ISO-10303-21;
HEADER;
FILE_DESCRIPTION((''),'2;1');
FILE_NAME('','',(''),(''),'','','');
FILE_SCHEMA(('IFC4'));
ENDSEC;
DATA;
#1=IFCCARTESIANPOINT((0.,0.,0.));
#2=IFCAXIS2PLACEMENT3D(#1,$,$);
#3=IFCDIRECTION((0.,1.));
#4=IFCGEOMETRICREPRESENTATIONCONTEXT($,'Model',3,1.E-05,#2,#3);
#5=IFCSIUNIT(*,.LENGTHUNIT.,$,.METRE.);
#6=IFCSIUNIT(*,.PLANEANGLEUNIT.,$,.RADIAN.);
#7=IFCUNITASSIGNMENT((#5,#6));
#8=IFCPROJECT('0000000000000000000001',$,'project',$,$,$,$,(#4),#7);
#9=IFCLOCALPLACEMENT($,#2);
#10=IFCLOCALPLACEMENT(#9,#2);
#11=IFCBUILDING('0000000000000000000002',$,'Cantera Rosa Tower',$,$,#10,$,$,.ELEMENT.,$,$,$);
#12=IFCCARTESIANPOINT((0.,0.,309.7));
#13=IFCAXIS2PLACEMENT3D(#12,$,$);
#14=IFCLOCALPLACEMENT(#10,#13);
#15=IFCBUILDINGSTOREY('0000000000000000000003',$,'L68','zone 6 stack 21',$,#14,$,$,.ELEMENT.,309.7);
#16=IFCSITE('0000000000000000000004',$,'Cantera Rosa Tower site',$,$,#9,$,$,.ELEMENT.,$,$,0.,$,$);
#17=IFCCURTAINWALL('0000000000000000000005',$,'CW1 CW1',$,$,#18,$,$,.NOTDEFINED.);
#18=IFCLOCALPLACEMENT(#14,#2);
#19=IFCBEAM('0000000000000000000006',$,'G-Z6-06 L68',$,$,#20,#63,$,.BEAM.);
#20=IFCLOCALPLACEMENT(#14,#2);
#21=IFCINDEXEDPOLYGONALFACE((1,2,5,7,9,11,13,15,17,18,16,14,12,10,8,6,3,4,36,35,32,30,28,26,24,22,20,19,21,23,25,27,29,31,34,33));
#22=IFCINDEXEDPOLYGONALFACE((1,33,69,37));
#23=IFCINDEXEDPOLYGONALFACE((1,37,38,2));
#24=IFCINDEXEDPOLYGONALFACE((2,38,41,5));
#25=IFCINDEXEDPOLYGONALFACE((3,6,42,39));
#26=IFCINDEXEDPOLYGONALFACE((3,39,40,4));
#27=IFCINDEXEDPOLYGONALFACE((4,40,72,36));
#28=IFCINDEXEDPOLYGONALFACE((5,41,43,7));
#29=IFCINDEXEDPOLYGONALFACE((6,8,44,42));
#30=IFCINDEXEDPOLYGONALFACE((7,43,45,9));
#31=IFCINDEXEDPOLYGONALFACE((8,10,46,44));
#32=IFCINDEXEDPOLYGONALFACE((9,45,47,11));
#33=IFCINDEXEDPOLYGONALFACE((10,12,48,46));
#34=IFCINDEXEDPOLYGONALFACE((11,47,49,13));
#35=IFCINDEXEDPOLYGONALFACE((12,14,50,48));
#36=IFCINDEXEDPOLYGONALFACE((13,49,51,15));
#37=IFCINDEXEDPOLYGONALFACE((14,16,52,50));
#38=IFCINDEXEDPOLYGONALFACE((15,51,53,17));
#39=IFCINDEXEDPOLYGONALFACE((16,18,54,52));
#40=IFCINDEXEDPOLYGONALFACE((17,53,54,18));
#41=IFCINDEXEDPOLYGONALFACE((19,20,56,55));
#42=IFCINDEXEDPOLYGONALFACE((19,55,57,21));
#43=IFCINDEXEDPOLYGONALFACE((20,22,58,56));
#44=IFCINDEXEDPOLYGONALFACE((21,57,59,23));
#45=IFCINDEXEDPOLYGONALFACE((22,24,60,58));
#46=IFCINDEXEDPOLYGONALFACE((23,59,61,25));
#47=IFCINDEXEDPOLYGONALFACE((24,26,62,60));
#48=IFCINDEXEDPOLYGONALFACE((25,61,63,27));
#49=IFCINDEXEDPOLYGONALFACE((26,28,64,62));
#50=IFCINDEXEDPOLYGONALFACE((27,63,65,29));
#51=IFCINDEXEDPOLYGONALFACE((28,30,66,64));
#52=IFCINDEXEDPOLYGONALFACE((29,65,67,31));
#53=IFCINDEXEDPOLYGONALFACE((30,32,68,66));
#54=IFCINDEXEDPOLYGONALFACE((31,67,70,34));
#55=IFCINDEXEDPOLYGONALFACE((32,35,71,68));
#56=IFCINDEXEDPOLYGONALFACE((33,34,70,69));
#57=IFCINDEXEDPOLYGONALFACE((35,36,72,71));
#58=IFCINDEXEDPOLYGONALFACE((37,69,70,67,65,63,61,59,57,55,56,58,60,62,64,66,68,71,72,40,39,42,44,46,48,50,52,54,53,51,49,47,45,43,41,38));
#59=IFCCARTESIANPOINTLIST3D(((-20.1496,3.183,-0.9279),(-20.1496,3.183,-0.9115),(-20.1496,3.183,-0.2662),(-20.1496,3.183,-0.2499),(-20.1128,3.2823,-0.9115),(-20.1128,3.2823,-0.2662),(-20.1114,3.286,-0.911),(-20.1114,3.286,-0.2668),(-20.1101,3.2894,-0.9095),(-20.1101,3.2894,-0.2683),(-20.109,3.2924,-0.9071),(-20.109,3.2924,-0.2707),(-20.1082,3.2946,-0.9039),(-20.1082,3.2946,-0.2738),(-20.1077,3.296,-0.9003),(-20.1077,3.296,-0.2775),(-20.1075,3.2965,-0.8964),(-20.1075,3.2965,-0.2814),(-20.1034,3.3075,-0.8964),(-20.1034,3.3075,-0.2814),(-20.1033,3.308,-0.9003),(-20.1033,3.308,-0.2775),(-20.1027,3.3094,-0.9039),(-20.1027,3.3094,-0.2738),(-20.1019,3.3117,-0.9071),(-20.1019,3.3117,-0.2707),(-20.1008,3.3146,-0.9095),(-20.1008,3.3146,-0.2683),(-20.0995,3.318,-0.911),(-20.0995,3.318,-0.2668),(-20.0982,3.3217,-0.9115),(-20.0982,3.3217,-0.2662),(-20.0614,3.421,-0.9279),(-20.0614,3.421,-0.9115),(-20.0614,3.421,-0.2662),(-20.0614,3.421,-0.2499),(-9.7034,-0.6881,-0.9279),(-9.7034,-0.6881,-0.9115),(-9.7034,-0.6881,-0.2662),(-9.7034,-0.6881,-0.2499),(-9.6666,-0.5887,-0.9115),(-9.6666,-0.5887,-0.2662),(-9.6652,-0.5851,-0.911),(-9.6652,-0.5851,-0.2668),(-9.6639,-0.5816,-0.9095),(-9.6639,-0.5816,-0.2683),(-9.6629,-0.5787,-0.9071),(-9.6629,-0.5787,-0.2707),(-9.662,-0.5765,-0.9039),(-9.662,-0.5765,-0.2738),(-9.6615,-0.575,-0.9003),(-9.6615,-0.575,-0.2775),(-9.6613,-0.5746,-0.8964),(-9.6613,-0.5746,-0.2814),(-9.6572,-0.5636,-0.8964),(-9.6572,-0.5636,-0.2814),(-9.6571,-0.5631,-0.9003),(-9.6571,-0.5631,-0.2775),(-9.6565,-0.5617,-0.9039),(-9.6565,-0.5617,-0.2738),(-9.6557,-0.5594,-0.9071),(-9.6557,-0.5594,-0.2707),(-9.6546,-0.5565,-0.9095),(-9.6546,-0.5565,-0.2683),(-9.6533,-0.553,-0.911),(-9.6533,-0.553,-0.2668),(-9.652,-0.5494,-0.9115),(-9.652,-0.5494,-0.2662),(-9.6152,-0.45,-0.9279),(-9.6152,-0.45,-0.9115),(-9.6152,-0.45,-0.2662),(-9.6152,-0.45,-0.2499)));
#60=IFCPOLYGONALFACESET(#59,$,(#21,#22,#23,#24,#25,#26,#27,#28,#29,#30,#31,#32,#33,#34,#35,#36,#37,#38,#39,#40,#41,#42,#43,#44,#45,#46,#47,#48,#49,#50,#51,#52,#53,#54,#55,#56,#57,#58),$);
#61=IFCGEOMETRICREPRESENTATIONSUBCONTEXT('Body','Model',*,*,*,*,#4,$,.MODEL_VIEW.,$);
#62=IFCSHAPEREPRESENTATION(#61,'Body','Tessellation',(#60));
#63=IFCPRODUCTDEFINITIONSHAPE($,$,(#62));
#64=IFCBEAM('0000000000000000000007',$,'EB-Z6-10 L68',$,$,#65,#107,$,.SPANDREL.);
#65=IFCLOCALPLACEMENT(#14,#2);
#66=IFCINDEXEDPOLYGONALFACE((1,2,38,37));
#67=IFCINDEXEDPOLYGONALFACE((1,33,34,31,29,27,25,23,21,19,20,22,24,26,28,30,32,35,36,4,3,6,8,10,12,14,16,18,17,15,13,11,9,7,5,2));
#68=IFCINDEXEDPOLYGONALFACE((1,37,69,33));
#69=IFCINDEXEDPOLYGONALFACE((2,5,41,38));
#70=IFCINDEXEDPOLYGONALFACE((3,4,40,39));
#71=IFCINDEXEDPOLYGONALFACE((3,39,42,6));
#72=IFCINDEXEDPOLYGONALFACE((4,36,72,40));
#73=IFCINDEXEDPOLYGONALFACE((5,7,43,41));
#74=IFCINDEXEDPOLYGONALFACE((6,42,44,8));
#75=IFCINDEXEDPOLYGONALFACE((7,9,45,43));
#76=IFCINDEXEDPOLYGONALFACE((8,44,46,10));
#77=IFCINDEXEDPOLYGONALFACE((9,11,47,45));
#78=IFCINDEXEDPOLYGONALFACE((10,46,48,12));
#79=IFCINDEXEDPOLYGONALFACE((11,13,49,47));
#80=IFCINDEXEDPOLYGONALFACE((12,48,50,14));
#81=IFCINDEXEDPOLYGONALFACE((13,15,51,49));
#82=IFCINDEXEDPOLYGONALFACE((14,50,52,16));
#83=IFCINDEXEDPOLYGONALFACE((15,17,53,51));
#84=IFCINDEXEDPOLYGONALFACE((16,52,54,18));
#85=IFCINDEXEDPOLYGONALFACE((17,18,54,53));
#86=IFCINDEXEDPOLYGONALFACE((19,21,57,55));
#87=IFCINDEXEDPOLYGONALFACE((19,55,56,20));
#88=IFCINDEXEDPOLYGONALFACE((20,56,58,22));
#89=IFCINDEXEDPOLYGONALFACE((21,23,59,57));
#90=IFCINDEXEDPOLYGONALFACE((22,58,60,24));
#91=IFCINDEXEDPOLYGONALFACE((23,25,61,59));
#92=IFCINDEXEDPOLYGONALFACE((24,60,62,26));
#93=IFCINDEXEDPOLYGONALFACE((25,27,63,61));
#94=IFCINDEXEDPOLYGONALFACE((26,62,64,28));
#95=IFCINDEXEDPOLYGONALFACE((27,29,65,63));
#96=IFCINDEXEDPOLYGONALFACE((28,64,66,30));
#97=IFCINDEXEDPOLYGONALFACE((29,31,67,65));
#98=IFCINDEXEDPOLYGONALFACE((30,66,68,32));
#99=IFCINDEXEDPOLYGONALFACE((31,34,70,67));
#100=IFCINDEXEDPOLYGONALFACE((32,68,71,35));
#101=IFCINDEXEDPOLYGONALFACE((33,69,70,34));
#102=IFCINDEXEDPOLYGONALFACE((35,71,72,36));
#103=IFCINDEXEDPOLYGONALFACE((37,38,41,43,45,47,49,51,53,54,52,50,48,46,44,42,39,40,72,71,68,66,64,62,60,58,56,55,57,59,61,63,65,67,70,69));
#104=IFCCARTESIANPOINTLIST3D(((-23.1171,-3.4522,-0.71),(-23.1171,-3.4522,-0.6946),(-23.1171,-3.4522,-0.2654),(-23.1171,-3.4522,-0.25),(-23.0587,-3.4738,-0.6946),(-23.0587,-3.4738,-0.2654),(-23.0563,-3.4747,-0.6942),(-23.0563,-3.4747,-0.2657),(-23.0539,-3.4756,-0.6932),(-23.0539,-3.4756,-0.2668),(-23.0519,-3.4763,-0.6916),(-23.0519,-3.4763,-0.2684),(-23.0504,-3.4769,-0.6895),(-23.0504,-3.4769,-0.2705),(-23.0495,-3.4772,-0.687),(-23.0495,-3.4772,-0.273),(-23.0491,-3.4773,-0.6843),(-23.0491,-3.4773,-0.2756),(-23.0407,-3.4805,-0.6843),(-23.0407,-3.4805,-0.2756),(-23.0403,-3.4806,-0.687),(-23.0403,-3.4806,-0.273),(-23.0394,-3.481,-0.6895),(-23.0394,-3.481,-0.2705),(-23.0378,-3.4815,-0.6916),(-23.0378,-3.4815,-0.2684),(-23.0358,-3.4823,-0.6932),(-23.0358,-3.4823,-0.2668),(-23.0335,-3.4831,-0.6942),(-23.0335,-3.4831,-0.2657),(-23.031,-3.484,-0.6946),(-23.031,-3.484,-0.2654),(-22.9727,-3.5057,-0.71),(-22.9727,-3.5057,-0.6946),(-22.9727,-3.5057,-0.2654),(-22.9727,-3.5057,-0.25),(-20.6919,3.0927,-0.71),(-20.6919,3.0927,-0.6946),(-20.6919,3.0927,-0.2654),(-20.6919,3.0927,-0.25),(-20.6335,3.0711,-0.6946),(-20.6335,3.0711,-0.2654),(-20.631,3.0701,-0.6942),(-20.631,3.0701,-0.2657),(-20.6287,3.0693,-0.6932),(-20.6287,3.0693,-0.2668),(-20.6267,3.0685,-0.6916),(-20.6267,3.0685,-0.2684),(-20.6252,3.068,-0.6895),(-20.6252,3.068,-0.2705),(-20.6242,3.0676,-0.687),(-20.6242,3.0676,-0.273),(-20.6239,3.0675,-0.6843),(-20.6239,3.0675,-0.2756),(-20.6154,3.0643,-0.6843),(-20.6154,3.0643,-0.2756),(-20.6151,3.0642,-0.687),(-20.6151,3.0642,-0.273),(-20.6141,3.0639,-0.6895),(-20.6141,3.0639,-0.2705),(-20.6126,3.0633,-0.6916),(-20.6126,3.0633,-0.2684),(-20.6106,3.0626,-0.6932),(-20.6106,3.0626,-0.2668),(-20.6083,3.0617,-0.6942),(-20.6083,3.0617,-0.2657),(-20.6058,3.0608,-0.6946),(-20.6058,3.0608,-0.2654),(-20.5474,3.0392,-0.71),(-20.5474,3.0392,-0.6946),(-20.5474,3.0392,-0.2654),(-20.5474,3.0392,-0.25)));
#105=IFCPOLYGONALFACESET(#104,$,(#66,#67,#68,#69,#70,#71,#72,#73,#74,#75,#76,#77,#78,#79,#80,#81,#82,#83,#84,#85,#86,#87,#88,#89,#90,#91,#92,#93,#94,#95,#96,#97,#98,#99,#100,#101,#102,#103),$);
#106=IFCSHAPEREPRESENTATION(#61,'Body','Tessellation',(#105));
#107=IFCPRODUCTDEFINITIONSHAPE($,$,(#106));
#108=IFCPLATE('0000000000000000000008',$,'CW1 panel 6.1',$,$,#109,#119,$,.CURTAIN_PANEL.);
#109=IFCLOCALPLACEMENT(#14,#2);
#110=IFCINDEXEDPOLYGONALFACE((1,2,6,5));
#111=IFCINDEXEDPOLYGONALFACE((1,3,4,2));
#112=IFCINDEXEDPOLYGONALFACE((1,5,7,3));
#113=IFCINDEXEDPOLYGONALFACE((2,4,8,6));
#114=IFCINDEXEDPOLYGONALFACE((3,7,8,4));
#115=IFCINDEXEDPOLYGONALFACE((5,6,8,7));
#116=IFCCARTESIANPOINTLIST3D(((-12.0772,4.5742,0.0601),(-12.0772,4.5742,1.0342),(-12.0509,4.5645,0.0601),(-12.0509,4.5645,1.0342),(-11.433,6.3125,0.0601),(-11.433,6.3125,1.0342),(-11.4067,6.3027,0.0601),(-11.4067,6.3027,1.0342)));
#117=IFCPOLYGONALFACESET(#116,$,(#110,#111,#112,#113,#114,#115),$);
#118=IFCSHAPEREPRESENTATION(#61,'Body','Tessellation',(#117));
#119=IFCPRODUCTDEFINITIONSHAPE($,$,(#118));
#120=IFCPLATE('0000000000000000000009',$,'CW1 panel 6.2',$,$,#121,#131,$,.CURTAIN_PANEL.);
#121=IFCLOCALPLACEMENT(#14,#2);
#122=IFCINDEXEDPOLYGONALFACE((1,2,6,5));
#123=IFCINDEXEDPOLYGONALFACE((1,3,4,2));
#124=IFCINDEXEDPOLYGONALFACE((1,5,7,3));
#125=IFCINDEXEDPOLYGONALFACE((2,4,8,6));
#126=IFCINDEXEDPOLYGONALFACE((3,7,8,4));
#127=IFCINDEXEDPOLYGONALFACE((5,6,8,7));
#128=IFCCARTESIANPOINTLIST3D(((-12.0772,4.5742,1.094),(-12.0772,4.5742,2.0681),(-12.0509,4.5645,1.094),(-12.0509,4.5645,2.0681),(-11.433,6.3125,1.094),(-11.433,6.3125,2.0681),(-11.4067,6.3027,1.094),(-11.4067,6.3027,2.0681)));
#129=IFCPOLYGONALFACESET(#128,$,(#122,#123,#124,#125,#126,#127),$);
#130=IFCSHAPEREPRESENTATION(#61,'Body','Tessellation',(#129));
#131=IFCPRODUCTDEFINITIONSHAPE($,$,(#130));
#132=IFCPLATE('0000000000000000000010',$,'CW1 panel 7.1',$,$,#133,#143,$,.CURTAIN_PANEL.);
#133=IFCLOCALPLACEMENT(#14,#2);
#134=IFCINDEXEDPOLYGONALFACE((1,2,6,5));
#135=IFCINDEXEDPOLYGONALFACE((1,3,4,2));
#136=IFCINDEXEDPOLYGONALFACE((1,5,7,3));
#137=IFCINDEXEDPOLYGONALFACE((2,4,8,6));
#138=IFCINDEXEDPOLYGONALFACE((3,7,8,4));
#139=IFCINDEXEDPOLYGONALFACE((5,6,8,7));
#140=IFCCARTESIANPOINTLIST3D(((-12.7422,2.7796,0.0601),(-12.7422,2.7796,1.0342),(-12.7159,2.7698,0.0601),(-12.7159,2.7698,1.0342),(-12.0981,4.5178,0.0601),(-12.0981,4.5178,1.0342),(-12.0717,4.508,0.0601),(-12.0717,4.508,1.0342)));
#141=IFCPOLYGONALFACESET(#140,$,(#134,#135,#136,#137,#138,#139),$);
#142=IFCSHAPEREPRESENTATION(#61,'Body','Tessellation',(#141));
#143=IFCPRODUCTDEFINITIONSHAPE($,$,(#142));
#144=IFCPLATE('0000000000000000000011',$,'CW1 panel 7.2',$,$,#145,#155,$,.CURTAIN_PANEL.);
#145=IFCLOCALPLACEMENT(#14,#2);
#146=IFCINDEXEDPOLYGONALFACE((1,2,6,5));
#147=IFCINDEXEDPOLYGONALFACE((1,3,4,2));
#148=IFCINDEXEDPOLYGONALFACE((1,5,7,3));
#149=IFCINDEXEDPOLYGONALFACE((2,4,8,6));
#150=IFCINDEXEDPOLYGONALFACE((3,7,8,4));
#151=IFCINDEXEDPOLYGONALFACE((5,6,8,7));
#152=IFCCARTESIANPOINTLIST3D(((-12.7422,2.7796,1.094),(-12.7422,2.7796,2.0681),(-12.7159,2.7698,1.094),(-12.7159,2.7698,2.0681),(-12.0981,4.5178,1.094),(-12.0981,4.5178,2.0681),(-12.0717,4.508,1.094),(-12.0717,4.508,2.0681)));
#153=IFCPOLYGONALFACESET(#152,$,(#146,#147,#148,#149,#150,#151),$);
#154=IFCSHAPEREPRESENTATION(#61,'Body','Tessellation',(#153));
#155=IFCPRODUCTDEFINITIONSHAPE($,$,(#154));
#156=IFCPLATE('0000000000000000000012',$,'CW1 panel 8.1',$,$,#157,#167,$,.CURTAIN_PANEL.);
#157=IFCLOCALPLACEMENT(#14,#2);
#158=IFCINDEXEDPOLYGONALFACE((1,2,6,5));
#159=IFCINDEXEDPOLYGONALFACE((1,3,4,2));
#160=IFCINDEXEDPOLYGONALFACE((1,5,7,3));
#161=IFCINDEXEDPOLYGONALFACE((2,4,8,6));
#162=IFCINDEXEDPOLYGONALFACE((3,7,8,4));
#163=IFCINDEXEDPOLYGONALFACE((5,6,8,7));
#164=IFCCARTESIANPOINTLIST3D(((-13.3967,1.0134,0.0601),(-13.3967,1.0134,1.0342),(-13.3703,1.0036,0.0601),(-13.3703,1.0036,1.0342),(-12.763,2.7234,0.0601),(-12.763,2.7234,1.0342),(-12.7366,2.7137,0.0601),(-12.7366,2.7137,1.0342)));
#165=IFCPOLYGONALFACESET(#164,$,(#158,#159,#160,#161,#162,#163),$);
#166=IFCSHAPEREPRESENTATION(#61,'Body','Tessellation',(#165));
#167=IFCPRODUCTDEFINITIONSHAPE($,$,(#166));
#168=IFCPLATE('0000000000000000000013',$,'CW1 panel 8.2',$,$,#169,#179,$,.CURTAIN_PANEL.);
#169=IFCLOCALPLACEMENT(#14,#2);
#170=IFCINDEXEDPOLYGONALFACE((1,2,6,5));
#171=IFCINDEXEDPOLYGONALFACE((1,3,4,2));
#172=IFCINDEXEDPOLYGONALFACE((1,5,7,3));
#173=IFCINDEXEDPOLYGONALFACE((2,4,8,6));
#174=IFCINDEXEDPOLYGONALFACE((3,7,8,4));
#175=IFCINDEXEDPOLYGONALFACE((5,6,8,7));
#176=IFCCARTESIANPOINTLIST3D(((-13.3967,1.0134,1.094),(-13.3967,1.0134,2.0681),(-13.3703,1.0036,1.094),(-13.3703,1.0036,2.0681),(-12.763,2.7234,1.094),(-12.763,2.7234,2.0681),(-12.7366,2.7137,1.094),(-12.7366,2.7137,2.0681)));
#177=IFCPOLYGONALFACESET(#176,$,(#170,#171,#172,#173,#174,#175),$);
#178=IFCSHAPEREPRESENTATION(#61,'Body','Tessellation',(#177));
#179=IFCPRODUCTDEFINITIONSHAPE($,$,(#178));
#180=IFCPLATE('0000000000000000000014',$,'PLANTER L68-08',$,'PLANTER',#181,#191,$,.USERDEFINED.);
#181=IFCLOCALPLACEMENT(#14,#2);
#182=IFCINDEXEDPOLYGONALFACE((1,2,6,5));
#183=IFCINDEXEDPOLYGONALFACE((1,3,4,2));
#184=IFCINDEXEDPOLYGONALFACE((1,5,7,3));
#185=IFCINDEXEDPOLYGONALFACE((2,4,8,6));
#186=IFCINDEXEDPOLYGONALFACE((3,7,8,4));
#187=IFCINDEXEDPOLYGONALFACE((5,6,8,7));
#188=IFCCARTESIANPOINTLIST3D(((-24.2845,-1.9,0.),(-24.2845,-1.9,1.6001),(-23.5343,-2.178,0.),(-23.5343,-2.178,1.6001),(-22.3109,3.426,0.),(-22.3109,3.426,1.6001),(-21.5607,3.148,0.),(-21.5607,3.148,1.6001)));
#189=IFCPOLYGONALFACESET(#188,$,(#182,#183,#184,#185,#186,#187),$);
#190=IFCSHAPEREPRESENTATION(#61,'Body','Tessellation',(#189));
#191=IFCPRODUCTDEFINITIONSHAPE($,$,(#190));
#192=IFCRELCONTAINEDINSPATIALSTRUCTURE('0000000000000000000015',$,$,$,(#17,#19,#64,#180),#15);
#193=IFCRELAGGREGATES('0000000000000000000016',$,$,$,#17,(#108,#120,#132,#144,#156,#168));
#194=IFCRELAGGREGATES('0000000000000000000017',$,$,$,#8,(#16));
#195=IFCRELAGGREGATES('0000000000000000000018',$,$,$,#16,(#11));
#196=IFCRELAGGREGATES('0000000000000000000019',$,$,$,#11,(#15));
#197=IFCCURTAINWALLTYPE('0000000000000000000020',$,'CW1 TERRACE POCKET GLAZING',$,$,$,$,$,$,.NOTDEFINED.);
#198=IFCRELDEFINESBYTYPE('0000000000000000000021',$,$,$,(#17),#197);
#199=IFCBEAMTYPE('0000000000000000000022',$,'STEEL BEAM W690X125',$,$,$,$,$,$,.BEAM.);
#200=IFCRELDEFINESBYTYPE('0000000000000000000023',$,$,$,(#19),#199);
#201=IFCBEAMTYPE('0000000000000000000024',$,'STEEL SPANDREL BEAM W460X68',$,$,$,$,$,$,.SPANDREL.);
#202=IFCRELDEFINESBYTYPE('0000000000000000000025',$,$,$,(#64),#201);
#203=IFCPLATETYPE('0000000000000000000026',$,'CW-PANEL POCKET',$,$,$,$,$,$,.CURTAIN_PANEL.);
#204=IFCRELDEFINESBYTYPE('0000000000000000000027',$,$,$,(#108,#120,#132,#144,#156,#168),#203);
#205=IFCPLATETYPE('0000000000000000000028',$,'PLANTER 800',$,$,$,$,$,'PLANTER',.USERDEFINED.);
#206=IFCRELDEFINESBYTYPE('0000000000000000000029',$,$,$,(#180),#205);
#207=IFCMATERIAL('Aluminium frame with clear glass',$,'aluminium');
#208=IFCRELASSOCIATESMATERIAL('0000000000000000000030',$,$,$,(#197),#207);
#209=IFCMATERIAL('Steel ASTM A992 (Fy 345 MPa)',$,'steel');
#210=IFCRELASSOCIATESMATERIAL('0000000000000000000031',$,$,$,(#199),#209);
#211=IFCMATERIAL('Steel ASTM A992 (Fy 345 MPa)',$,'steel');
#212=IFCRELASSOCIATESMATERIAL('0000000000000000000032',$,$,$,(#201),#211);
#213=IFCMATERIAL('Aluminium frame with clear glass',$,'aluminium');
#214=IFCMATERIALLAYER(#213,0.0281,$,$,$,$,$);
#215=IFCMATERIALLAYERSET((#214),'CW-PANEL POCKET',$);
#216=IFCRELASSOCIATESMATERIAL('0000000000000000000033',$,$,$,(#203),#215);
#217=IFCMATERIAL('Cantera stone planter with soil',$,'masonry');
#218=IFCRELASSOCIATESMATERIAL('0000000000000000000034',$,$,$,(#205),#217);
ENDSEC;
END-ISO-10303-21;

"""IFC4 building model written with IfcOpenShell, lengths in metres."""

from ifc_helpers import new_model, si_unit, direction, frame, origin, origin_2d, place, context, subcontext, project, spatial, rectangle, i_section, extrude, material, layer, layer_set, material_profile, profile_set, type_object, element, aggregate, save


model = new_model("IFC4")

# Units and contexts
model_context = context("Model", 3, precision=1e-05, world=origin(), true_north=direction((0.0, 1.0)))
body_context = subcontext(model_context, "Body", "Model", "MODEL_VIEW")
ifc_project = project(units=[si_unit("LENGTHUNIT", "METRE"), si_unit("PLANEANGLEUNIT", "RADIAN")], contexts=[model_context])

# Site, building, storey
site_placement = place(None, origin())
site = spatial("IfcSite", under=ifc_project, at=site_placement, Name="Cantera Rosa Tower site", CompositionType="ELEMENT", RefElevation=0.0)
building_placement = place(site_placement, origin())
building = spatial("IfcBuilding", under=site, at=building_placement, Name="Cantera Rosa Tower", CompositionType="ELEMENT")
storey_placement = place(building_placement, frame((0.0, 0.0, 309.7)))
storey = spatial("IfcBuildingStorey", under=building, at=storey_placement, Name="L68", Description="zone 6 stack 21", CompositionType="ELEMENT", Elevation=309.7)

# Curtain wall
ifc_material_1 = material(Name="Aluminium frame with clear glass", Category="aluminium")
curtain_wall_type = type_object("IfcCurtainWallType", Name="CW1 TERRACE POCKET GLAZING", PredefinedType="NOTDEFINED", material=ifc_material_1)
curtain_wall_placement = place(storey_placement, origin())
curtain_wall = element("IfcCurtainWall", 1, at=curtain_wall_placement, inside=storey, type_object=curtain_wall_type, Name="CW1 CW1", PredefinedType="NOTDEFINED")

# Beams
ifc_material_2 = material(Name="Steel ASTM A992 (Fy 345 MPa)", Category="steel")
ifc_material_profile_1 = material_profile(ifc_material_2, i_section(OverallWidth=0.2539, OverallDepth=0.678, WebThickness=0.0117, FlangeThickness=0.0164, FilletRadius=0.0151, at=origin_2d()), Name="W690X125")
ifc_profile_set_1 = profile_set([ifc_material_profile_1], Name="Steel ASTM A992 (Fy 345 MPa)")
beam_type_1 = type_object("IfcBeamType", Name="STEEL BEAM W690X125", PredefinedType="BEAM", material=ifc_profile_set_1)
beam_1_placement = place(storey_placement, frame((-20.1055, 3.302, -0.5889), z_axis=(0.937687, -0.34748, 0.0), x_axis=(0.34748, 0.937687, 0.0)))
element("IfcBeam", 2, at=beam_1_placement, inside=storey, type_object=beam_type_1, Name="G-Z6-06 L68", PredefinedType="BEAM", context=body_context, shape_type="SweptSolid", body=[
    extrude(i_section(OverallWidth=0.2539, OverallDepth=0.678, WebThickness=0.0117, FlangeThickness=0.0164, FilletRadius=0.0151, at=origin_2d()), origin(), (0.0, 0.0, 1.0), 11.1404),
])
ifc_material_3 = material(Name="Steel ASTM A992 (Fy 345 MPa)", Category="steel")
ifc_material_profile_2 = material_profile(ifc_material_3, i_section(OverallWidth=0.1541, OverallDepth=0.46, WebThickness=0.009, FlangeThickness=0.0154, FilletRadius=0.0103, at=origin_2d()), Name="W460X68")
ifc_profile_set_2 = profile_set([ifc_material_profile_2], Name="Steel ASTM A992 (Fy 345 MPa)")
beam_type_2 = type_object("IfcBeamType", Name="STEEL SPANDREL BEAM W460X68", PredefinedType="SPANDREL", material=ifc_profile_set_2)
beam_2_placement = place(storey_placement, frame((-20.6196, 3.0659, -0.48), z_axis=(-0.347472, -0.937691, 0.0), x_axis=(0.937691, -0.347472, 0.0)))
element("IfcBeam", 3, at=beam_2_placement, inside=storey, type_object=beam_type_2, Name="EB-Z6-10 L68", PredefinedType="SPANDREL", context=body_context, shape_type="SweptSolid", body=[
    extrude(i_section(OverallWidth=0.1541, OverallDepth=0.46, WebThickness=0.009, FlangeThickness=0.0154, FilletRadius=0.0103, at=origin_2d()), origin(), (0.0, 0.0, 1.0), 6.9797),
])

# Plates
ifc_material_4 = material(Name="Aluminium frame with clear glass", Category="aluminium")
ifc_layer_1 = layer(ifc_material_4, 0.0281)
ifc_layer_set_1 = layer_set([ifc_layer_1], Name="CW-PANEL POCKET")
plate_type_1 = type_object("IfcPlateType", Name="CW-PANEL POCKET", PredefinedType="CURTAIN_PANEL", material=ifc_layer_set_1)
plate_1_placement = place(storey_placement, frame((-11.7419, 5.4385, 0.0601), z_axis=(0.0, 0.0, 1.0), x_axis=(-0.347481, -0.937687, 0.0)))
plate_1 = element("IfcPlate", 4, at=plate_1_placement, type_object=plate_type_1, Name="CW1 panel 6.1", PredefinedType="CURTAIN_PANEL", context=body_context, shape_type="SweptSolid", body=[
    extrude(rectangle(XDim=1.8538, YDim=0.0281, at=origin_2d()), origin(), (0.0, 0.0, 1.0), 0.9741),
])
plate_2_placement = place(storey_placement, frame((-11.7419, 5.4385, 1.094), z_axis=(0.0, 0.0, 1.0), x_axis=(-0.347481, -0.937687, 0.0)))
plate_2 = element("IfcPlate", 5, at=plate_2_placement, type_object=plate_type_1, Name="CW1 panel 6.2", PredefinedType="CURTAIN_PANEL", context=body_context, shape_type="SweptSolid", body=[
    extrude(rectangle(XDim=1.8538, YDim=0.0281, at=origin_2d()), origin(), (0.0, 0.0, 1.0), 0.9741),
])
plate_3_placement = place(storey_placement, frame((-12.407, 3.6438, 0.0601), z_axis=(0.0, 0.0, 1.0), x_axis=(-0.347481, -0.937687, 0.0)))
plate_3 = element("IfcPlate", 6, at=plate_3_placement, type_object=plate_type_1, Name="CW1 panel 7.1", PredefinedType="CURTAIN_PANEL", context=body_context, shape_type="SweptSolid", body=[
    extrude(rectangle(XDim=1.8538, YDim=0.0281, at=origin_2d()), origin(), (0.0, 0.0, 1.0), 0.9741),
])
plate_4_placement = place(storey_placement, frame((-12.407, 3.6438, 1.094), z_axis=(0.0, 0.0, 1.0), x_axis=(-0.347481, -0.937687, 0.0)))
plate_4 = element("IfcPlate", 7, at=plate_4_placement, type_object=plate_type_1, Name="CW1 panel 7.2", PredefinedType="CURTAIN_PANEL", context=body_context, shape_type="SweptSolid", body=[
    extrude(rectangle(XDim=1.8538, YDim=0.0281, at=origin_2d()), origin(), (0.0, 0.0, 1.0), 0.9741),
])
plate_5_placement = place(storey_placement, frame((-13.0667, 1.8635, 0.0601), z_axis=(0.0, 0.0, 1.0), x_axis=(-0.347481, -0.937687, 0.0)))
plate_5 = element("IfcPlate", 8, at=plate_5_placement, type_object=plate_type_1, Name="CW1 panel 8.1", PredefinedType="CURTAIN_PANEL", context=body_context, shape_type="SweptSolid", body=[
    extrude(rectangle(XDim=1.8237, YDim=0.0281, at=origin_2d()), origin(), (0.0, 0.0, 1.0), 0.9741),
])
plate_6_placement = place(storey_placement, frame((-13.0667, 1.8635, 1.094), z_axis=(0.0, 0.0, 1.0), x_axis=(-0.347481, -0.937687, 0.0)))
plate_6 = element("IfcPlate", 9, at=plate_6_placement, type_object=plate_type_1, Name="CW1 panel 8.2", PredefinedType="CURTAIN_PANEL", context=body_context, shape_type="SweptSolid", body=[
    extrude(rectangle(XDim=1.8237, YDim=0.0281, at=origin_2d()), origin(), (0.0, 0.0, 1.0), 0.9741),
])
aggregate(curtain_wall, [plate_1, plate_2, plate_3, plate_4, plate_5, plate_6])
ifc_material_5 = material(Name="Cantera stone planter with soil", Category="masonry")
plate_type_2 = type_object("IfcPlateType", Name="PLANTER 800", ElementType="PLANTER", PredefinedType="USERDEFINED", material=ifc_material_5)
plate_7_placement = place(storey_placement, frame((-22.9226, 0.624, 0.0), z_axis=(0.0, 0.0, 1.0), x_axis=(-0.347481, -0.937687, 0.0)))
element("IfcPlate", 10, at=plate_7_placement, inside=storey, type_object=plate_type_2, Name="PLANTER L68-08", ObjectType="PLANTER", PredefinedType="USERDEFINED", context=body_context, shape_type="SweptSolid", body=[
    extrude(rectangle(XDim=5.6799, YDim=0.8, at=origin_2d()), origin(), (0.0, 0.0, 1.0), 1.6001),
])

save(model, "model.ifc")
